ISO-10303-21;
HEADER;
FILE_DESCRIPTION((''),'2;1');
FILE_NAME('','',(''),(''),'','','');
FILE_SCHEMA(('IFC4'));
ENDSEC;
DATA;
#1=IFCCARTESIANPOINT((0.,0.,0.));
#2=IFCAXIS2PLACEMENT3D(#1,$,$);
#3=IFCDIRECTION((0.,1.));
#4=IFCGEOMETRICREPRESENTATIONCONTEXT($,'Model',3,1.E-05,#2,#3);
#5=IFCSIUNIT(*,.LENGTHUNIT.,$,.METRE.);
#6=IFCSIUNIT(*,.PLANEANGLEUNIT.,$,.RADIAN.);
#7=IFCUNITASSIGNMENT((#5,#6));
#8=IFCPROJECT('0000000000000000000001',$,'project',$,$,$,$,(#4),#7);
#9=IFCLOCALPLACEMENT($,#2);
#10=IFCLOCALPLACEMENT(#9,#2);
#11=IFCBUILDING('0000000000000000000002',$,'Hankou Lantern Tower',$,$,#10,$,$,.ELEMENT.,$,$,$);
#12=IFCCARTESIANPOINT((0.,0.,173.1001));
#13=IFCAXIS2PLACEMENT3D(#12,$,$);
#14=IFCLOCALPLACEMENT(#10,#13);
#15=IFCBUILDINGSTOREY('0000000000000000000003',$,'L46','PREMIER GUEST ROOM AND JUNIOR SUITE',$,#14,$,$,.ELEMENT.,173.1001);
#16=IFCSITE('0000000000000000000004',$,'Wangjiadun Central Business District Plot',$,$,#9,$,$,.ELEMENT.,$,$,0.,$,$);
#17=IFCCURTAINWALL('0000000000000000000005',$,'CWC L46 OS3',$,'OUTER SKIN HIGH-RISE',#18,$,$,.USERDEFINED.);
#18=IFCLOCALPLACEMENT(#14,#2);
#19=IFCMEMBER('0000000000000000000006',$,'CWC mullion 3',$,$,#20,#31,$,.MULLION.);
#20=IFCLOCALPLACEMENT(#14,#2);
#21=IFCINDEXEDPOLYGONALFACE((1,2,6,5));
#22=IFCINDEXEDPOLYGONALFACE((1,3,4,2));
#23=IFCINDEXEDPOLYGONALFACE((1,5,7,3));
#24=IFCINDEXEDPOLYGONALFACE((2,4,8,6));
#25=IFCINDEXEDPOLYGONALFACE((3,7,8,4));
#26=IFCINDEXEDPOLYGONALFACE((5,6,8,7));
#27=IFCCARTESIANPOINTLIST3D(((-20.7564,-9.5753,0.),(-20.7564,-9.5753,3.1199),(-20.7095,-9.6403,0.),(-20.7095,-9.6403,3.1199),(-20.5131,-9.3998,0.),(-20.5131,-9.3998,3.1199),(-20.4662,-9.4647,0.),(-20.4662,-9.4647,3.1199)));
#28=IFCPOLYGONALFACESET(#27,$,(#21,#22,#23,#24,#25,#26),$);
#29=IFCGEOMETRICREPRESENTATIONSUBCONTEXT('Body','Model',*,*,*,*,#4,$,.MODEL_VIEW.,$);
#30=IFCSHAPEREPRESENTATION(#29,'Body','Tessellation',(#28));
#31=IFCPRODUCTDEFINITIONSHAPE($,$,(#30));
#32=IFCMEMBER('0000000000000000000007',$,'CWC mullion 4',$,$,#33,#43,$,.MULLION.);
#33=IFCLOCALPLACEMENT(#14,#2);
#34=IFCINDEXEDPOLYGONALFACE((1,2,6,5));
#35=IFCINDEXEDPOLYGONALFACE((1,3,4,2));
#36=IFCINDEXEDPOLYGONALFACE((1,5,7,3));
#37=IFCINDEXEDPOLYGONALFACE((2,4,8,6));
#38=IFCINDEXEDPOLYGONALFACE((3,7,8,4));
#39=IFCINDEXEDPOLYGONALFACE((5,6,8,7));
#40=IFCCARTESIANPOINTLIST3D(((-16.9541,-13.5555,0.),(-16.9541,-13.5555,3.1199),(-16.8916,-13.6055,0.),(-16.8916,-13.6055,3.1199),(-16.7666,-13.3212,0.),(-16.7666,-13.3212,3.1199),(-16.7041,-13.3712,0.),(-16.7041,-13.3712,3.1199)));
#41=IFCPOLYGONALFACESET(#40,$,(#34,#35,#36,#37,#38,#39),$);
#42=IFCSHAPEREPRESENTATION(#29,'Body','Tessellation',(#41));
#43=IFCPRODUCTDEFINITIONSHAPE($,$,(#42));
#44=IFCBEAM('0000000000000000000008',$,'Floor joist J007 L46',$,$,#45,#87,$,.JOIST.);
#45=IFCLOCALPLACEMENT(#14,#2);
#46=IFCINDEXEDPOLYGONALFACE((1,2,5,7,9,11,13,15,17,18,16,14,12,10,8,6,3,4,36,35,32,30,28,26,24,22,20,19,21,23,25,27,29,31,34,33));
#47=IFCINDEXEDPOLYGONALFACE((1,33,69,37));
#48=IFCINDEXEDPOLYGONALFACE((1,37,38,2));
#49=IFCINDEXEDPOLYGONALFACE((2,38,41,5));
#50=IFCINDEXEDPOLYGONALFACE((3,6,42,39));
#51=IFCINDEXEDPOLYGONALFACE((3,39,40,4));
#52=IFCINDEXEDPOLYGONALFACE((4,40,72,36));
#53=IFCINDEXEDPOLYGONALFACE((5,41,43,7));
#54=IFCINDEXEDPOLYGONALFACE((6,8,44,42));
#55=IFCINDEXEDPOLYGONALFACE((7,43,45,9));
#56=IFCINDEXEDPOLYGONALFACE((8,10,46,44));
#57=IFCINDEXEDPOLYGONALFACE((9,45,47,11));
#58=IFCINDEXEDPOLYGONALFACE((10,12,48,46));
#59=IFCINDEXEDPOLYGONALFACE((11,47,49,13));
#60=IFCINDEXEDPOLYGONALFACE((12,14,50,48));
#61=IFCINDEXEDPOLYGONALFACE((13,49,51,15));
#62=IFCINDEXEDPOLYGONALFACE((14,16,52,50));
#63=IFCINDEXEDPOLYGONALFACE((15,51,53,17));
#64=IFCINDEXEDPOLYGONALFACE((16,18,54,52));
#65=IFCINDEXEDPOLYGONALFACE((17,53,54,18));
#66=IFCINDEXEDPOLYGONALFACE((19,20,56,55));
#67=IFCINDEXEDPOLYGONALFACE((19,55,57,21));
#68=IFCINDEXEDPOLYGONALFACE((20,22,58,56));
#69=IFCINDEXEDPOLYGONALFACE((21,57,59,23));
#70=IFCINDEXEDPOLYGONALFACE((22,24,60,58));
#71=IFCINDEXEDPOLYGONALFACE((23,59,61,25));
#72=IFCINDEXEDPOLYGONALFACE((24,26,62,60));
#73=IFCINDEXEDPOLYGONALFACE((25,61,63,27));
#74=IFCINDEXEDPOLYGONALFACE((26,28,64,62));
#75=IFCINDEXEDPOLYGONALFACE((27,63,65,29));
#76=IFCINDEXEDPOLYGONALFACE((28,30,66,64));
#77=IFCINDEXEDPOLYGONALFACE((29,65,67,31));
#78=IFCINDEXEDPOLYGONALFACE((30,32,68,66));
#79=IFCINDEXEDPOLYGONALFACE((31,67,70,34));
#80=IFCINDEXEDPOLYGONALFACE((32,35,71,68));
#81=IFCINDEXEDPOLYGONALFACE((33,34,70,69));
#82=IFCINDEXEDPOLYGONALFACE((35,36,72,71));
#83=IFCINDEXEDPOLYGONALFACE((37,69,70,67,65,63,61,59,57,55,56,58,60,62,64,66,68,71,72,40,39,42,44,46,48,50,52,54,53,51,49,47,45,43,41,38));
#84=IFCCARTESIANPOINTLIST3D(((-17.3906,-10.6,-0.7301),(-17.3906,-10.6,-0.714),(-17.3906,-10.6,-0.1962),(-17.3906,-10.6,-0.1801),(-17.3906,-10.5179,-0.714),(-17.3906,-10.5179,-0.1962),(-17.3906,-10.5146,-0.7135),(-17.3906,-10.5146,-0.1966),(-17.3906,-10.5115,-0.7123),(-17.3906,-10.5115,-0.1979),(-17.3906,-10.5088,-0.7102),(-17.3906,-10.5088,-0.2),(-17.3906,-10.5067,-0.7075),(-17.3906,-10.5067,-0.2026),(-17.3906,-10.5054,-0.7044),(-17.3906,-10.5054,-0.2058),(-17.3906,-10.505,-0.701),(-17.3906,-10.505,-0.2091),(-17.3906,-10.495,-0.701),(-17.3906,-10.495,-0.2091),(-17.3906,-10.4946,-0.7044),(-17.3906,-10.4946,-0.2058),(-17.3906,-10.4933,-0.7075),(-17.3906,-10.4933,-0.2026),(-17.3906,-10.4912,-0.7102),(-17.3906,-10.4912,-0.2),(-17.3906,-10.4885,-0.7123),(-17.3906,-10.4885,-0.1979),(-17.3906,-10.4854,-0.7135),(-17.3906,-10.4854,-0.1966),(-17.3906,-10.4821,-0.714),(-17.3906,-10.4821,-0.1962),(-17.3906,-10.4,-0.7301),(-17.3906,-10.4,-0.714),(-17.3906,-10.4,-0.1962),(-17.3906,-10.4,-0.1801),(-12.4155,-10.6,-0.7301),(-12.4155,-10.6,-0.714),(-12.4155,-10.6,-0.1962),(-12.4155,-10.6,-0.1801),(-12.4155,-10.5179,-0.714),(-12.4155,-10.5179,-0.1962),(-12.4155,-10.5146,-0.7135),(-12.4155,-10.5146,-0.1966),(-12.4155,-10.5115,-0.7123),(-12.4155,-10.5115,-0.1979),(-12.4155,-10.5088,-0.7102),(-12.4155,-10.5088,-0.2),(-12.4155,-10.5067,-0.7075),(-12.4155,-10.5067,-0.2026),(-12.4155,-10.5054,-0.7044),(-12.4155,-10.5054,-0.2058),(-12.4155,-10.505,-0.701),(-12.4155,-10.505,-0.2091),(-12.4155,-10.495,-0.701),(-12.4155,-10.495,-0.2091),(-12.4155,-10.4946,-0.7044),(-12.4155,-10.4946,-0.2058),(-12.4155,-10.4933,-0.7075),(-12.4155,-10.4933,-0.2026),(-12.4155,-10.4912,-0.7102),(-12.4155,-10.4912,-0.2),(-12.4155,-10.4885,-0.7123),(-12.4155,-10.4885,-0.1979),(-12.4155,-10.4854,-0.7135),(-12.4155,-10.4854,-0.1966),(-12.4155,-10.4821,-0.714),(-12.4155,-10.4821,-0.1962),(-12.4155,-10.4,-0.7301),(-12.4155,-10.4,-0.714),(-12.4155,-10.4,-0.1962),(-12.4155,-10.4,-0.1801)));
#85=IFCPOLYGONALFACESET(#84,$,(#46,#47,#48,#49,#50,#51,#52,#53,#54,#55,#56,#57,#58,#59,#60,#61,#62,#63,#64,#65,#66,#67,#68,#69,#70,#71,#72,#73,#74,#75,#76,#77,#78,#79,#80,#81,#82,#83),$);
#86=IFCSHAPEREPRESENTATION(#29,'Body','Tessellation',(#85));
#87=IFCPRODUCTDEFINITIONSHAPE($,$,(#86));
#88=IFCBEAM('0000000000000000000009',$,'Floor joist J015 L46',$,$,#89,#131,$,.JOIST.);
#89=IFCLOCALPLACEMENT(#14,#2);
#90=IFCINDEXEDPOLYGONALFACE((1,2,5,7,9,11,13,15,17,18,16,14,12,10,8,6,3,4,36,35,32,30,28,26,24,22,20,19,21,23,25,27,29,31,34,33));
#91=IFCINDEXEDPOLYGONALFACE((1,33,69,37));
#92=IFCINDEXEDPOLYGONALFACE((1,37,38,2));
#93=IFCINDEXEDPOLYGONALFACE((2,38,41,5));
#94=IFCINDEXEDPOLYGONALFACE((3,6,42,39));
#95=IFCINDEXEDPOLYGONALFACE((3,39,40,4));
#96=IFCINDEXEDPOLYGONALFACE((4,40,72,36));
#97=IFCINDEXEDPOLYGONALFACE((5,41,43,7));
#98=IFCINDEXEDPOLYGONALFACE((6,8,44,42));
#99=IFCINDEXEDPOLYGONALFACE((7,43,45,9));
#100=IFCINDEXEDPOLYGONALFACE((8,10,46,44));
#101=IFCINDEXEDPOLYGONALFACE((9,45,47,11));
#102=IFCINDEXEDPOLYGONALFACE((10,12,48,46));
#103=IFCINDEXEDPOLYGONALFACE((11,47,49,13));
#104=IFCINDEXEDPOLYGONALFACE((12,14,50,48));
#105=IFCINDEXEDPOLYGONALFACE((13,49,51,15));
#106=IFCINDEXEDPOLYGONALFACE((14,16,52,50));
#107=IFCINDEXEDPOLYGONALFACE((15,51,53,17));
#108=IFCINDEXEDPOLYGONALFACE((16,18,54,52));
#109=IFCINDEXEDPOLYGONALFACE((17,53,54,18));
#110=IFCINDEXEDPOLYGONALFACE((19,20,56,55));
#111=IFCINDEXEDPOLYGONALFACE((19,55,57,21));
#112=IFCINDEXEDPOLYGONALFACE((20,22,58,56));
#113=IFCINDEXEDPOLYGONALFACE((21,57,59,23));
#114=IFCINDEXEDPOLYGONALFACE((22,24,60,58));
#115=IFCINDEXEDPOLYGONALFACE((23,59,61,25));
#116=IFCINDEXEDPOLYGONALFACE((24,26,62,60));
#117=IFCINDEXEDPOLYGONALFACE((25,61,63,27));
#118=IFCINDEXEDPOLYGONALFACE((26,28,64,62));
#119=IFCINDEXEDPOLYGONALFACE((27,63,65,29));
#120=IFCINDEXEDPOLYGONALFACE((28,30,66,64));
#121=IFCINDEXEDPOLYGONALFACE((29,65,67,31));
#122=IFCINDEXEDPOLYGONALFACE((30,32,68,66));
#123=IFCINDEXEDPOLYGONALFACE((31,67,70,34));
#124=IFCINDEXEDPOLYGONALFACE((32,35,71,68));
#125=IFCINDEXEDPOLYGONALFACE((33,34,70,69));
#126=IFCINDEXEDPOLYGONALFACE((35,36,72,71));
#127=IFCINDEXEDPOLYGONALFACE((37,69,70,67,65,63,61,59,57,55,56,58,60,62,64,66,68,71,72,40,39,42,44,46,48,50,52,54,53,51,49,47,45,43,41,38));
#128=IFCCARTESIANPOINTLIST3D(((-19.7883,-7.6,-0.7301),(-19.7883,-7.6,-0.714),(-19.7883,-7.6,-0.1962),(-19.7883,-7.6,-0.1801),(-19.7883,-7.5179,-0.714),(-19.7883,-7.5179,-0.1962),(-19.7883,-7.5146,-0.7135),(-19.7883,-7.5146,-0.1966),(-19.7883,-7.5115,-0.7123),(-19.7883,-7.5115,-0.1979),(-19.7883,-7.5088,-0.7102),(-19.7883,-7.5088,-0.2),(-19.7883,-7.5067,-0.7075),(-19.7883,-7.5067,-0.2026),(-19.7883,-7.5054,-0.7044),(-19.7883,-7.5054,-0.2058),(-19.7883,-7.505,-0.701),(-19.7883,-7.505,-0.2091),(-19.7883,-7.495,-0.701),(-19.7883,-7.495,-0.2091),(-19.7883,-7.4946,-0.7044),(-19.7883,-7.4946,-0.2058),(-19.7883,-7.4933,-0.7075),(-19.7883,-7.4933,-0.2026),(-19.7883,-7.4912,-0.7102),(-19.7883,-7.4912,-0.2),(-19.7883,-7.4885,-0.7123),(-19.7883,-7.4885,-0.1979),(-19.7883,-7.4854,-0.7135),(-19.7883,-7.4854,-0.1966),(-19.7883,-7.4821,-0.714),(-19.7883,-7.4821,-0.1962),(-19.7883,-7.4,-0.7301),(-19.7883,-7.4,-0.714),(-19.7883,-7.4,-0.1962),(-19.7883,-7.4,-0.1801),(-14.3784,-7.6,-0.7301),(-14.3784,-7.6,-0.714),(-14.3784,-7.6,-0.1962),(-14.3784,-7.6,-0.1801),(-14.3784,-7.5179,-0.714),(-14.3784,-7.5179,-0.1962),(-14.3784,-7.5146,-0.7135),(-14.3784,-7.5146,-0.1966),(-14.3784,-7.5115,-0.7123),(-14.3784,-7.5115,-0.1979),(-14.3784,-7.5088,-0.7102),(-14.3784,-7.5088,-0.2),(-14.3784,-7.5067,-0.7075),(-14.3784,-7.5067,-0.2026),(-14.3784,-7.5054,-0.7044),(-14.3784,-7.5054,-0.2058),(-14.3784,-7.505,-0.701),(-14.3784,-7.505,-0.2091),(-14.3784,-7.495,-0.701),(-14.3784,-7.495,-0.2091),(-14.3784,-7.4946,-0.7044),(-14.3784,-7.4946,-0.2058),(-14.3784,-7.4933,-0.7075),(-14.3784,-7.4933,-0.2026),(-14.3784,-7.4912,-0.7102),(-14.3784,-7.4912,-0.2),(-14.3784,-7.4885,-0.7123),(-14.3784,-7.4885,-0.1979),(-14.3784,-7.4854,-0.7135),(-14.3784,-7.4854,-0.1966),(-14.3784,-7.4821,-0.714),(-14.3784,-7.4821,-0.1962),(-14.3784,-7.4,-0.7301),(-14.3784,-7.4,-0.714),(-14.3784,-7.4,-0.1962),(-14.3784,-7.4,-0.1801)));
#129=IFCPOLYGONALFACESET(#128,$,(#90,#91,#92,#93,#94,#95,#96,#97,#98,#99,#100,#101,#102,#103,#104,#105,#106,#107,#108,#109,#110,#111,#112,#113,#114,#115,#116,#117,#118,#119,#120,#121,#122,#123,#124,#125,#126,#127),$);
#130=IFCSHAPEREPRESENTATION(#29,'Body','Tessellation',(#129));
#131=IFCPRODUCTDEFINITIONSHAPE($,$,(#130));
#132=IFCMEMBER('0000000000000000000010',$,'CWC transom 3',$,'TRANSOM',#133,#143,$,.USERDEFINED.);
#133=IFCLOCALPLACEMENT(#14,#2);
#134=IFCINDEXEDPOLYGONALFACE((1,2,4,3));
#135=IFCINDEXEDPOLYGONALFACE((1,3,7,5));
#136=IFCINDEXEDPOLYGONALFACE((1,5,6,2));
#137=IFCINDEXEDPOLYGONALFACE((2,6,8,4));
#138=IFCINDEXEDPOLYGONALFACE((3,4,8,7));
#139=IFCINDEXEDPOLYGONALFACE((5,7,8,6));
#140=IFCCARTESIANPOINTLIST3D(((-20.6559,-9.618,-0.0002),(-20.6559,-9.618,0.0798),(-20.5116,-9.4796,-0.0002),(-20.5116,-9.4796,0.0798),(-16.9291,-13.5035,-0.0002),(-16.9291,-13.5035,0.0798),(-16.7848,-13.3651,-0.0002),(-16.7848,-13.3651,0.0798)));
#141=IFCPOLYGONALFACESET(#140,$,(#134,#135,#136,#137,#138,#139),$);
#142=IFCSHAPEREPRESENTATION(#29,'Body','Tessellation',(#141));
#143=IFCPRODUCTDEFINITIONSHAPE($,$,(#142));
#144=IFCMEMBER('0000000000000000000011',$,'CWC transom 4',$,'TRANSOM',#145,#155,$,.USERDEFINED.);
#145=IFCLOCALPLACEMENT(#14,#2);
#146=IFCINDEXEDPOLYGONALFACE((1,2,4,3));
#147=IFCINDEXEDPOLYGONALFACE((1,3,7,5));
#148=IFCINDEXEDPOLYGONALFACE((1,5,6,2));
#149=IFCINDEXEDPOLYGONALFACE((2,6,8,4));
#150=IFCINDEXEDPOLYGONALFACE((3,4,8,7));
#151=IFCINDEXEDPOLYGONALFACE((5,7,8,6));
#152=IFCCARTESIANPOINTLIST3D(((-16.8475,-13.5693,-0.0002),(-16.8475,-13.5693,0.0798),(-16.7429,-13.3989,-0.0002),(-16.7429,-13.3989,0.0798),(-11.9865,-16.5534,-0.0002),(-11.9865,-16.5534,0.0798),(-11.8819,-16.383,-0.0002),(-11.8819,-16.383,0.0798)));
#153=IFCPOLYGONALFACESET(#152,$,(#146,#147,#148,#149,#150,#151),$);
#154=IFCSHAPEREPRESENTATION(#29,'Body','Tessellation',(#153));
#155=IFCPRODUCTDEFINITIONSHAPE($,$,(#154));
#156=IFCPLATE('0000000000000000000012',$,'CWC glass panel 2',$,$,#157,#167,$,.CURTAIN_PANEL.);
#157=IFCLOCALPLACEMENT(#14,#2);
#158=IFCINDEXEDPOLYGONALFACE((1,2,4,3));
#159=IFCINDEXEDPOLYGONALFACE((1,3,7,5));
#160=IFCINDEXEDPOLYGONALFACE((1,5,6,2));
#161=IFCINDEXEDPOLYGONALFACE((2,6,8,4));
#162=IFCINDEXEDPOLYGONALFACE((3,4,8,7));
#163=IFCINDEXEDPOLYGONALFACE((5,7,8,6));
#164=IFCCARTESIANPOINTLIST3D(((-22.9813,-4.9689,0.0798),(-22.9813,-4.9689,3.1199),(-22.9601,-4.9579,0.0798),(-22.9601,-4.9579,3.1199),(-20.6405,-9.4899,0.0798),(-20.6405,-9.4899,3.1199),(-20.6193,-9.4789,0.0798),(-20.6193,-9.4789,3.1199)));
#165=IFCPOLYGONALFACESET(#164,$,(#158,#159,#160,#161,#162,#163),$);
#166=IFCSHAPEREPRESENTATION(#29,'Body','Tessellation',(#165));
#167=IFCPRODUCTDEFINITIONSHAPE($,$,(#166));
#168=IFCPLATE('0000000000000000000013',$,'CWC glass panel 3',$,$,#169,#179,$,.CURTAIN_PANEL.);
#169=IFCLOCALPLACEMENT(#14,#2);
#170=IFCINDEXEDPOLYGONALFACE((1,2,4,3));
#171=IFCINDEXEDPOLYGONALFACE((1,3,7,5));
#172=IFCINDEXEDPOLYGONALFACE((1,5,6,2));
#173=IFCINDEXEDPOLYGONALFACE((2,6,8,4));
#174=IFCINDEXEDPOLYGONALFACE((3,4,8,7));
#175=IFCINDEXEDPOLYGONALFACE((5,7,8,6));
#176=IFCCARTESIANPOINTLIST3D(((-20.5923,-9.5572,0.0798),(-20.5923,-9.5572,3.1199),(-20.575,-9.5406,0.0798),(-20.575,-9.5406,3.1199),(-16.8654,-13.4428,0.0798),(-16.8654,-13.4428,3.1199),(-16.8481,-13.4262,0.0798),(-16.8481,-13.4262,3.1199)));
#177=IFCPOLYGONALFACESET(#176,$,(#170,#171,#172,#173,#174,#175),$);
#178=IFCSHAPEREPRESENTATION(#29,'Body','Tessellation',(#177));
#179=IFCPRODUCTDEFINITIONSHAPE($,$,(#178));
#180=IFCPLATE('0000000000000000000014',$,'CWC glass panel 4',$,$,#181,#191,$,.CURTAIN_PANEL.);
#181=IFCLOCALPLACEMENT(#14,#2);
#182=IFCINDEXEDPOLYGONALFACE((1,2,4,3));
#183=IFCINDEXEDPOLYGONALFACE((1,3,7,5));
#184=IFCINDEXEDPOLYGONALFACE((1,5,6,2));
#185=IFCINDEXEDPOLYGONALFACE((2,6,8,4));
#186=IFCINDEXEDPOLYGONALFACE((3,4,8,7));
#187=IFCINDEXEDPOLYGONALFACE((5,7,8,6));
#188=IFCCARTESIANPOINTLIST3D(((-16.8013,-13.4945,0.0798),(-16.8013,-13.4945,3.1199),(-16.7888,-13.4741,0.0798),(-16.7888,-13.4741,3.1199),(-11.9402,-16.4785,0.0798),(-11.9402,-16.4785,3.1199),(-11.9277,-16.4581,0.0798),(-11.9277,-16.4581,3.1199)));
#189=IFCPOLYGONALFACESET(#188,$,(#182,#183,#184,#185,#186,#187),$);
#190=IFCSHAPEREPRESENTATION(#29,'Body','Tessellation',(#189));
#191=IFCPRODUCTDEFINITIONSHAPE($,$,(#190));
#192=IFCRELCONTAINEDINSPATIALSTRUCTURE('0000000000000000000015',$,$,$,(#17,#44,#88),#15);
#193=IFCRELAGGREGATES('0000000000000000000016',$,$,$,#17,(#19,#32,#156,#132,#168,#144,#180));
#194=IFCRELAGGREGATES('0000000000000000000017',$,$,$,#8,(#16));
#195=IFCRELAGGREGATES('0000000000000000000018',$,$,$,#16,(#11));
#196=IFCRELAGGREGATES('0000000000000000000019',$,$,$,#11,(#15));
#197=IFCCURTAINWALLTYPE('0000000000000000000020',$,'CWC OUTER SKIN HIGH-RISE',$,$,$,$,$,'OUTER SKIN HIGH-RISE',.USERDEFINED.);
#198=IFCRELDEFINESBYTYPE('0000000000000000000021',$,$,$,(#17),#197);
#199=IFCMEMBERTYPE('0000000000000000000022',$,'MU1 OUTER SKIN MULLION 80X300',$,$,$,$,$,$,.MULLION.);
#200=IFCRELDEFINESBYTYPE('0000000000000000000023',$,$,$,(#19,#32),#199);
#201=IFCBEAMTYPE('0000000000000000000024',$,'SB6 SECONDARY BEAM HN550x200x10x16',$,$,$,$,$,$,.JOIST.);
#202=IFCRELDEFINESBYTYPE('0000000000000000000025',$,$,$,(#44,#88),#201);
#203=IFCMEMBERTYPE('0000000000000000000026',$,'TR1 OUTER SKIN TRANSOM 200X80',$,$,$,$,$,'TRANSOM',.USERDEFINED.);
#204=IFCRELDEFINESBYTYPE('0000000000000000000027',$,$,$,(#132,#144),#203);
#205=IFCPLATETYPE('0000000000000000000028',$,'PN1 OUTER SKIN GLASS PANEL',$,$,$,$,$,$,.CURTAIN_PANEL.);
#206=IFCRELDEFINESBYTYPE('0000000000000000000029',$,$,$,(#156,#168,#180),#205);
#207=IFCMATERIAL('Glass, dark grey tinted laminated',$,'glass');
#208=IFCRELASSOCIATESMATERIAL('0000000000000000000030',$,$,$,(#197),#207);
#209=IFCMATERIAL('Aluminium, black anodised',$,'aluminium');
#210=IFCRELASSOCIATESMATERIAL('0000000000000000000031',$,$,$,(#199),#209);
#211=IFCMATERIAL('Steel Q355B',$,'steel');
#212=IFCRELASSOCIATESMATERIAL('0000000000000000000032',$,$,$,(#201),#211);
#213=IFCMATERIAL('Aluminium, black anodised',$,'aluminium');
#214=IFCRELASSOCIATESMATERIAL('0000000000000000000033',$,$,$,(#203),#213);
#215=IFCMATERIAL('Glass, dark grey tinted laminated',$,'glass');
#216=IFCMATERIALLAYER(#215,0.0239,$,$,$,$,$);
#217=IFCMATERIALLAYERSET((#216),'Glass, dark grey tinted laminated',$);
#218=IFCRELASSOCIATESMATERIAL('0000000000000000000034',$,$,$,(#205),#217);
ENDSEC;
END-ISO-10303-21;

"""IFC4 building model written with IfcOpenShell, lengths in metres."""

from ifc_helpers import new_model, si_unit, direction, frame, origin, origin_2d, place, context, subcontext, project, spatial, rectangle, i_section, extrude, material, layer, layer_set, material_profile, profile_set, type_object, element, aggregate, save


model = new_model("IFC4")

# Units and contexts
model_context = context("Model", 3, precision=1e-05, world=origin(), true_north=direction((0.0, 1.0)))
body_context = subcontext(model_context, "Body", "Model", "MODEL_VIEW")
ifc_project = project(units=[si_unit("LENGTHUNIT", "METRE"), si_unit("PLANEANGLEUNIT", "RADIAN")], contexts=[model_context])

# Site, building, storey
site_placement = place(None, origin())
site = spatial("IfcSite", under=ifc_project, at=site_placement, Name="Wangjiadun Central Business District Plot", CompositionType="ELEMENT", RefElevation=0.0)
building_placement = place(site_placement, origin())
building = spatial("IfcBuilding", under=site, at=building_placement, Name="Hankou Lantern Tower", CompositionType="ELEMENT")
storey_placement = place(building_placement, frame((0.0, 0.0, 173.1001)))
storey = spatial("IfcBuildingStorey", under=building, at=storey_placement, Name="L46", Description="PREMIER GUEST ROOM AND JUNIOR SUITE", CompositionType="ELEMENT", Elevation=173.1001)

# Curtain wall, members
ifc_material_1 = material(Name="Glass, dark grey tinted laminated", Category="glass")
curtain_wall_type = type_object("IfcCurtainWallType", Name="CWC OUTER SKIN HIGH-RISE", ElementType="OUTER SKIN HIGH-RISE", PredefinedType="USERDEFINED", material=ifc_material_1)
curtain_wall_placement = place(storey_placement, origin())
curtain_wall = element("IfcCurtainWall", 1, at=curtain_wall_placement, inside=storey, type_object=curtain_wall_type, Name="CWC L46 OS3", ObjectType="OUTER SKIN HIGH-RISE", PredefinedType="USERDEFINED")
ifc_material_2 = material(Name="Aluminium, black anodised", Category="aluminium")
ifc_material_profile_1 = material_profile(ifc_material_2, rectangle(XDim=0.0801, YDim=0.3, at=origin_2d()), Name="MU1 80X300")
ifc_profile_set_1 = profile_set([ifc_material_profile_1], Name="Aluminium, black anodised")
member_type_1 = type_object("IfcMemberType", Name="MU1 OUTER SKIN MULLION 80X300", PredefinedType="MULLION", material=ifc_profile_set_1)
member_1_placement = place(storey_placement, frame((-20.6113, -9.52, 0.0), z_axis=(0.0, 0.0, 1.0), x_axis=(0.585206, -0.810885, 0.0)))
member_1 = element("IfcMember", 2, at=member_1_placement, type_object=member_type_1, Name="CWC mullion 3", PredefinedType="MULLION", context=body_context, shape_type="SweptSolid", body=[
    extrude(rectangle(XDim=0.0801, YDim=0.3, at=origin_2d()), origin(), (0.0, 0.0, 1.0), 3.1199),
])
member_2_placement = place(storey_placement, frame((-16.8291, -13.4634, 0.0), z_axis=(0.0, 0.0, 1.0), x_axis=(0.780869, -0.624695, 0.0)))
member_2 = element("IfcMember", 3, at=member_2_placement, type_object=member_type_1, Name="CWC mullion 4", PredefinedType="MULLION", context=body_context, shape_type="SweptSolid", body=[
    extrude(rectangle(XDim=0.0801, YDim=0.3, at=origin_2d()), origin(), (0.0, 0.0, 1.0), 3.1199),
])

# Beams
ifc_material_3 = material(Name="Steel Q355B", Category="steel")
ifc_material_profile_2 = material_profile(ifc_material_3, i_section(OverallWidth=0.2, OverallDepth=0.55, WebThickness=0.01, FlangeThickness=0.0161, FilletRadius=0.0129, at=origin_2d()), Name="HN550x200x10x16")
ifc_profile_set_2 = profile_set([ifc_material_profile_2], Name="Steel Q355B")
beam_type_1 = type_object("IfcBeamType", Name="SB6 SECONDARY BEAM HN550x200x10x16", PredefinedType="JOIST", material=ifc_profile_set_2)
beam_1_placement = place(storey_placement, frame((-17.3906, -10.5, -0.4551), z_axis=(1.0, 0.0, 0.0), x_axis=(0.0, 1.0, 0.0)))
element("IfcBeam", 4, at=beam_1_placement, inside=storey, type_object=beam_type_1, Name="Floor joist J007 L46", PredefinedType="JOIST", context=body_context, shape_type="SweptSolid", body=[
    extrude(i_section(OverallWidth=0.2, OverallDepth=0.55, WebThickness=0.01, FlangeThickness=0.0161, FilletRadius=0.0129, at=origin_2d()), origin(), (0.0, 0.0, 1.0), 4.9751),
])
beam_2_placement = place(storey_placement, frame((-19.7883, -7.5, -0.4551), z_axis=(1.0, 0.0, 0.0), x_axis=(0.0, 1.0, 0.0)))
element("IfcBeam", 5, at=beam_2_placement, inside=storey, type_object=beam_type_1, Name="Floor joist J015 L46", PredefinedType="JOIST", context=body_context, shape_type="SweptSolid", body=[
    extrude(i_section(OverallWidth=0.2, OverallDepth=0.55, WebThickness=0.01, FlangeThickness=0.0161, FilletRadius=0.0129, at=origin_2d()), origin(), (0.0, 0.0, 1.0), 5.4099),
])

# Members
ifc_material_4 = material(Name="Aluminium, black anodised", Category="aluminium")
ifc_material_profile_3 = material_profile(ifc_material_4, rectangle(XDim=0.2, YDim=0.0801, at=origin_2d()), Name="TR1 200X80")
ifc_profile_set_3 = profile_set([ifc_material_profile_3], Name="Aluminium, black anodised")
member_type_2 = type_object("IfcMemberType", Name="TR1 OUTER SKIN TRANSOM 200X80", ElementType="TRANSOM", PredefinedType="USERDEFINED", material=ifc_profile_set_3)
member_3_placement = place(storey_placement, frame((-20.5837, -9.5488, 0.0398), z_axis=(0.692216, -0.721691, 0.0), x_axis=(0.721691, 0.692216, 0.0)))
member_3 = element("IfcMember", 6, at=member_3_placement, type_object=member_type_2, Name="CWC transom 3", ObjectType="TRANSOM", PredefinedType="USERDEFINED", context=body_context, shape_type="SweptSolid", body=[
    extrude(rectangle(XDim=0.2, YDim=0.0801, at=origin_2d()), origin(), (0.0, 0.0, 1.0), 5.3838),
])
member_4_placement = place(storey_placement, frame((-16.7952, -13.4841, 0.0398), z_axis=(0.852229, -0.523168, 0.0), x_axis=(0.523168, 0.852229, 0.0)))
member_4 = element("IfcMember", 7, at=member_4_placement, type_object=member_type_2, Name="CWC transom 4", ObjectType="TRANSOM", PredefinedType="USERDEFINED", context=body_context, shape_type="SweptSolid", body=[
    extrude(rectangle(XDim=0.2, YDim=0.0801, at=origin_2d()), origin(), (0.0, 0.0, 1.0), 5.7039),
])

# Plates
ifc_material_5 = material(Name="Glass, dark grey tinted laminated", Category="glass")
ifc_layer_1 = layer(ifc_material_5, 0.0239)
ifc_layer_set_1 = layer_set([ifc_layer_1], Name="Glass, dark grey tinted laminated")
plate_type = type_object("IfcPlateType", Name="PN1 OUTER SKIN GLASS PANEL", PredefinedType="CURTAIN_PANEL", material=ifc_layer_set_1)
plate_1_placement = place(storey_placement, frame((-21.8003, -7.2239, 0.0798), z_axis=(0.0, 0.0, 1.0), x_axis=(0.459791, -0.888027, 0.0)))
plate_1 = element("IfcPlate", 8, at=plate_1_placement, type_object=plate_type, Name="CWC glass panel 2", PredefinedType="CURTAIN_PANEL", context=body_context, shape_type="SweptSolid", body=[
    extrude(rectangle(XDim=5.0911, YDim=0.0239, at=origin_2d()), origin(), (0.0, 0.0, 1.0), 3.04),
])
plate_2_placement = place(storey_placement, frame((-18.7202, -11.4917, 0.0798), z_axis=(0.0, 0.0, 1.0), x_axis=(0.692216, -0.721691, 0.0)))
plate_2 = element("IfcPlate", 9, at=plate_2_placement, type_object=plate_type, Name="CWC glass panel 3", PredefinedType="CURTAIN_PANEL", context=body_context, shape_type="SweptSolid", body=[
    extrude(rectangle(XDim=5.384, YDim=0.0239, at=origin_2d()), origin(), (0.0, 0.0, 1.0), 3.04),
])
plate_3_placement = place(storey_placement, frame((-14.3645, -14.9763, 0.0798), z_axis=(0.0, 0.0, 1.0), x_axis=(0.852237, -0.523156, 0.0)))
plate_3 = element("IfcPlate", 10, at=plate_3_placement, type_object=plate_type, Name="CWC glass panel 4", PredefinedType="CURTAIN_PANEL", context=body_context, shape_type="SweptSolid", body=[
    extrude(rectangle(XDim=5.7039, YDim=0.0239, at=origin_2d()), origin(), (0.0, 0.0, 1.0), 3.04),
])
aggregate(curtain_wall, [member_1, member_2, plate_1, member_3, plate_2, member_4, plate_3])

save(model, "model.ifc")
